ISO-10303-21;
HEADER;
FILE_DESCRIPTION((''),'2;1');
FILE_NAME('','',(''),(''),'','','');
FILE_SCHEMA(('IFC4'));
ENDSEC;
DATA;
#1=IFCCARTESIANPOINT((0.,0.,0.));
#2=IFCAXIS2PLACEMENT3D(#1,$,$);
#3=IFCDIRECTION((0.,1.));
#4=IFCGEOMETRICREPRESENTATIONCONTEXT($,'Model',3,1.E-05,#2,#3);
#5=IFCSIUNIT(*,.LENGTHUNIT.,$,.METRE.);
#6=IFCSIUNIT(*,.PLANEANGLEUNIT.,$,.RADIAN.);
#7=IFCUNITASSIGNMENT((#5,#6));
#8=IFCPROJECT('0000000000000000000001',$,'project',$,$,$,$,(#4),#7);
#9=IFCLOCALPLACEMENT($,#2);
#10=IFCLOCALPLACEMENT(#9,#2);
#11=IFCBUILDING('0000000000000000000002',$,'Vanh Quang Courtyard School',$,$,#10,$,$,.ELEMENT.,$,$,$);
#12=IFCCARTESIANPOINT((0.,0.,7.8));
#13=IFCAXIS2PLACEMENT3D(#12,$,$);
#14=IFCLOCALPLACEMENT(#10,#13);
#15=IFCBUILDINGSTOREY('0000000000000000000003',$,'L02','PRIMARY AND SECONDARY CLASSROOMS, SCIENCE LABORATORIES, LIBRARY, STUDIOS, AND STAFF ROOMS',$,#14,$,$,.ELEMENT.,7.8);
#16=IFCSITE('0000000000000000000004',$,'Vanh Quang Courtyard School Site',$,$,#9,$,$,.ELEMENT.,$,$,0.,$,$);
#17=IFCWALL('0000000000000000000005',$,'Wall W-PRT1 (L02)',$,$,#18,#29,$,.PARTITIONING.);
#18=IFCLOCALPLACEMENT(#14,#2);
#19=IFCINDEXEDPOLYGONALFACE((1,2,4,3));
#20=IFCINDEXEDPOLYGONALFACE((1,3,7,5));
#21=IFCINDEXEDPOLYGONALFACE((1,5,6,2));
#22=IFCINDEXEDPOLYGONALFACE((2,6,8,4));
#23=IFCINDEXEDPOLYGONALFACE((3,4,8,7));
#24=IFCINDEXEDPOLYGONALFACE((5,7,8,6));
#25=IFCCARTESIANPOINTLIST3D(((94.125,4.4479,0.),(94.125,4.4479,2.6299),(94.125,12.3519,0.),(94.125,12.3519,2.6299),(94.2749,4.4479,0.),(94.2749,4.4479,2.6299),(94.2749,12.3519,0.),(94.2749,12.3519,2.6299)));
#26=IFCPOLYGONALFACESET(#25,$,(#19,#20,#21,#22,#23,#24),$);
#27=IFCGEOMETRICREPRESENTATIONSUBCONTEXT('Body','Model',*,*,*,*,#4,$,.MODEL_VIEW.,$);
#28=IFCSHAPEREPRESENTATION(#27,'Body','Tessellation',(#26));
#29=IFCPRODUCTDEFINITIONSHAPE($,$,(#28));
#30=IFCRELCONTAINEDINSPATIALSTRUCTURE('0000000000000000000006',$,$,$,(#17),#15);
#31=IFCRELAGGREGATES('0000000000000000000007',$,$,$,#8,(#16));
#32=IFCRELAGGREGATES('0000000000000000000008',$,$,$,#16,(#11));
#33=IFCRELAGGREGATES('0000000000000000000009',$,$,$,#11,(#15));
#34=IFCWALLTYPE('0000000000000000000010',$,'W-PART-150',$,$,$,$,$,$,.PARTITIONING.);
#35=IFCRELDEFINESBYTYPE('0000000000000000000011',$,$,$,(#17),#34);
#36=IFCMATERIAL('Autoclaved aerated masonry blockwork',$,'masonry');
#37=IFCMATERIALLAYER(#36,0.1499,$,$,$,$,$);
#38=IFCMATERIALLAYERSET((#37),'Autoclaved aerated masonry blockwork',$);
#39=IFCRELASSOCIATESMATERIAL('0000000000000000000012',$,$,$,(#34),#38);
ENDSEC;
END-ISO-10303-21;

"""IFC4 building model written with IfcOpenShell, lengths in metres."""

from ifc_helpers import new_model, si_unit, direction, frame, frame_2d, origin, place, context, subcontext, project, spatial, rectangle, extrude, material, layer, layer_set, type_object, element, save


model = new_model("IFC4")

# Units and contexts
model_context = context("Model", 3, precision=1e-05, world=origin(), true_north=direction((0.0, 1.0)))
body_context = subcontext(model_context, "Body", "Model", "MODEL_VIEW")
ifc_project = project(units=[si_unit("LENGTHUNIT", "METRE"), si_unit("PLANEANGLEUNIT", "RADIAN")], contexts=[model_context])

# Site, building, storey
site_placement = place(None, origin())
site = spatial("IfcSite", under=ifc_project, at=site_placement, Name="Vanh Quang Courtyard School Site", CompositionType="ELEMENT", RefElevation=0.0)
building_placement = place(site_placement, origin())
building = spatial("IfcBuilding", under=site, at=building_placement, Name="Vanh Quang Courtyard School", CompositionType="ELEMENT")
storey_placement = place(building_placement, frame((0.0, 0.0, 7.8)))
storey = spatial("IfcBuildingStorey", under=building, at=storey_placement, Name="L02", Description="PRIMARY AND SECONDARY CLASSROOMS, SCIENCE LABORATORIES, LIBRARY, STUDIOS, AND STAFF ROOMS", CompositionType="ELEMENT", Elevation=7.8)

# Wall
ifc_material_1 = material(Name="Autoclaved aerated masonry blockwork", Category="masonry")
ifc_layer_1 = layer(ifc_material_1, 0.1499)
ifc_layer_set_1 = layer_set([ifc_layer_1], Name="Autoclaved aerated masonry blockwork")
wall_type = type_object("IfcWallType", Name="W-PART-150", PredefinedType="PARTITIONING", material=ifc_layer_set_1)
wall_placement = place(storey_placement, frame((94.2, 12.3521, 0.0), z_axis=(0.0, 0.0, 1.0), x_axis=(0.0, -1.0, 0.0)))
element("IfcWall", 1, at=wall_placement, inside=storey, type_object=wall_type, Name="Wall W-PRT1 (L02)", PredefinedType="PARTITIONING", context=body_context, shape_type="SweptSolid", body=[
    extrude(rectangle(XDim=7.9041, YDim=0.1499, at=frame_2d((3.9521, 0.0))), origin(), (0.0, 0.0, 1.0), 2.6299),
])

save(model, "model.ifc")
